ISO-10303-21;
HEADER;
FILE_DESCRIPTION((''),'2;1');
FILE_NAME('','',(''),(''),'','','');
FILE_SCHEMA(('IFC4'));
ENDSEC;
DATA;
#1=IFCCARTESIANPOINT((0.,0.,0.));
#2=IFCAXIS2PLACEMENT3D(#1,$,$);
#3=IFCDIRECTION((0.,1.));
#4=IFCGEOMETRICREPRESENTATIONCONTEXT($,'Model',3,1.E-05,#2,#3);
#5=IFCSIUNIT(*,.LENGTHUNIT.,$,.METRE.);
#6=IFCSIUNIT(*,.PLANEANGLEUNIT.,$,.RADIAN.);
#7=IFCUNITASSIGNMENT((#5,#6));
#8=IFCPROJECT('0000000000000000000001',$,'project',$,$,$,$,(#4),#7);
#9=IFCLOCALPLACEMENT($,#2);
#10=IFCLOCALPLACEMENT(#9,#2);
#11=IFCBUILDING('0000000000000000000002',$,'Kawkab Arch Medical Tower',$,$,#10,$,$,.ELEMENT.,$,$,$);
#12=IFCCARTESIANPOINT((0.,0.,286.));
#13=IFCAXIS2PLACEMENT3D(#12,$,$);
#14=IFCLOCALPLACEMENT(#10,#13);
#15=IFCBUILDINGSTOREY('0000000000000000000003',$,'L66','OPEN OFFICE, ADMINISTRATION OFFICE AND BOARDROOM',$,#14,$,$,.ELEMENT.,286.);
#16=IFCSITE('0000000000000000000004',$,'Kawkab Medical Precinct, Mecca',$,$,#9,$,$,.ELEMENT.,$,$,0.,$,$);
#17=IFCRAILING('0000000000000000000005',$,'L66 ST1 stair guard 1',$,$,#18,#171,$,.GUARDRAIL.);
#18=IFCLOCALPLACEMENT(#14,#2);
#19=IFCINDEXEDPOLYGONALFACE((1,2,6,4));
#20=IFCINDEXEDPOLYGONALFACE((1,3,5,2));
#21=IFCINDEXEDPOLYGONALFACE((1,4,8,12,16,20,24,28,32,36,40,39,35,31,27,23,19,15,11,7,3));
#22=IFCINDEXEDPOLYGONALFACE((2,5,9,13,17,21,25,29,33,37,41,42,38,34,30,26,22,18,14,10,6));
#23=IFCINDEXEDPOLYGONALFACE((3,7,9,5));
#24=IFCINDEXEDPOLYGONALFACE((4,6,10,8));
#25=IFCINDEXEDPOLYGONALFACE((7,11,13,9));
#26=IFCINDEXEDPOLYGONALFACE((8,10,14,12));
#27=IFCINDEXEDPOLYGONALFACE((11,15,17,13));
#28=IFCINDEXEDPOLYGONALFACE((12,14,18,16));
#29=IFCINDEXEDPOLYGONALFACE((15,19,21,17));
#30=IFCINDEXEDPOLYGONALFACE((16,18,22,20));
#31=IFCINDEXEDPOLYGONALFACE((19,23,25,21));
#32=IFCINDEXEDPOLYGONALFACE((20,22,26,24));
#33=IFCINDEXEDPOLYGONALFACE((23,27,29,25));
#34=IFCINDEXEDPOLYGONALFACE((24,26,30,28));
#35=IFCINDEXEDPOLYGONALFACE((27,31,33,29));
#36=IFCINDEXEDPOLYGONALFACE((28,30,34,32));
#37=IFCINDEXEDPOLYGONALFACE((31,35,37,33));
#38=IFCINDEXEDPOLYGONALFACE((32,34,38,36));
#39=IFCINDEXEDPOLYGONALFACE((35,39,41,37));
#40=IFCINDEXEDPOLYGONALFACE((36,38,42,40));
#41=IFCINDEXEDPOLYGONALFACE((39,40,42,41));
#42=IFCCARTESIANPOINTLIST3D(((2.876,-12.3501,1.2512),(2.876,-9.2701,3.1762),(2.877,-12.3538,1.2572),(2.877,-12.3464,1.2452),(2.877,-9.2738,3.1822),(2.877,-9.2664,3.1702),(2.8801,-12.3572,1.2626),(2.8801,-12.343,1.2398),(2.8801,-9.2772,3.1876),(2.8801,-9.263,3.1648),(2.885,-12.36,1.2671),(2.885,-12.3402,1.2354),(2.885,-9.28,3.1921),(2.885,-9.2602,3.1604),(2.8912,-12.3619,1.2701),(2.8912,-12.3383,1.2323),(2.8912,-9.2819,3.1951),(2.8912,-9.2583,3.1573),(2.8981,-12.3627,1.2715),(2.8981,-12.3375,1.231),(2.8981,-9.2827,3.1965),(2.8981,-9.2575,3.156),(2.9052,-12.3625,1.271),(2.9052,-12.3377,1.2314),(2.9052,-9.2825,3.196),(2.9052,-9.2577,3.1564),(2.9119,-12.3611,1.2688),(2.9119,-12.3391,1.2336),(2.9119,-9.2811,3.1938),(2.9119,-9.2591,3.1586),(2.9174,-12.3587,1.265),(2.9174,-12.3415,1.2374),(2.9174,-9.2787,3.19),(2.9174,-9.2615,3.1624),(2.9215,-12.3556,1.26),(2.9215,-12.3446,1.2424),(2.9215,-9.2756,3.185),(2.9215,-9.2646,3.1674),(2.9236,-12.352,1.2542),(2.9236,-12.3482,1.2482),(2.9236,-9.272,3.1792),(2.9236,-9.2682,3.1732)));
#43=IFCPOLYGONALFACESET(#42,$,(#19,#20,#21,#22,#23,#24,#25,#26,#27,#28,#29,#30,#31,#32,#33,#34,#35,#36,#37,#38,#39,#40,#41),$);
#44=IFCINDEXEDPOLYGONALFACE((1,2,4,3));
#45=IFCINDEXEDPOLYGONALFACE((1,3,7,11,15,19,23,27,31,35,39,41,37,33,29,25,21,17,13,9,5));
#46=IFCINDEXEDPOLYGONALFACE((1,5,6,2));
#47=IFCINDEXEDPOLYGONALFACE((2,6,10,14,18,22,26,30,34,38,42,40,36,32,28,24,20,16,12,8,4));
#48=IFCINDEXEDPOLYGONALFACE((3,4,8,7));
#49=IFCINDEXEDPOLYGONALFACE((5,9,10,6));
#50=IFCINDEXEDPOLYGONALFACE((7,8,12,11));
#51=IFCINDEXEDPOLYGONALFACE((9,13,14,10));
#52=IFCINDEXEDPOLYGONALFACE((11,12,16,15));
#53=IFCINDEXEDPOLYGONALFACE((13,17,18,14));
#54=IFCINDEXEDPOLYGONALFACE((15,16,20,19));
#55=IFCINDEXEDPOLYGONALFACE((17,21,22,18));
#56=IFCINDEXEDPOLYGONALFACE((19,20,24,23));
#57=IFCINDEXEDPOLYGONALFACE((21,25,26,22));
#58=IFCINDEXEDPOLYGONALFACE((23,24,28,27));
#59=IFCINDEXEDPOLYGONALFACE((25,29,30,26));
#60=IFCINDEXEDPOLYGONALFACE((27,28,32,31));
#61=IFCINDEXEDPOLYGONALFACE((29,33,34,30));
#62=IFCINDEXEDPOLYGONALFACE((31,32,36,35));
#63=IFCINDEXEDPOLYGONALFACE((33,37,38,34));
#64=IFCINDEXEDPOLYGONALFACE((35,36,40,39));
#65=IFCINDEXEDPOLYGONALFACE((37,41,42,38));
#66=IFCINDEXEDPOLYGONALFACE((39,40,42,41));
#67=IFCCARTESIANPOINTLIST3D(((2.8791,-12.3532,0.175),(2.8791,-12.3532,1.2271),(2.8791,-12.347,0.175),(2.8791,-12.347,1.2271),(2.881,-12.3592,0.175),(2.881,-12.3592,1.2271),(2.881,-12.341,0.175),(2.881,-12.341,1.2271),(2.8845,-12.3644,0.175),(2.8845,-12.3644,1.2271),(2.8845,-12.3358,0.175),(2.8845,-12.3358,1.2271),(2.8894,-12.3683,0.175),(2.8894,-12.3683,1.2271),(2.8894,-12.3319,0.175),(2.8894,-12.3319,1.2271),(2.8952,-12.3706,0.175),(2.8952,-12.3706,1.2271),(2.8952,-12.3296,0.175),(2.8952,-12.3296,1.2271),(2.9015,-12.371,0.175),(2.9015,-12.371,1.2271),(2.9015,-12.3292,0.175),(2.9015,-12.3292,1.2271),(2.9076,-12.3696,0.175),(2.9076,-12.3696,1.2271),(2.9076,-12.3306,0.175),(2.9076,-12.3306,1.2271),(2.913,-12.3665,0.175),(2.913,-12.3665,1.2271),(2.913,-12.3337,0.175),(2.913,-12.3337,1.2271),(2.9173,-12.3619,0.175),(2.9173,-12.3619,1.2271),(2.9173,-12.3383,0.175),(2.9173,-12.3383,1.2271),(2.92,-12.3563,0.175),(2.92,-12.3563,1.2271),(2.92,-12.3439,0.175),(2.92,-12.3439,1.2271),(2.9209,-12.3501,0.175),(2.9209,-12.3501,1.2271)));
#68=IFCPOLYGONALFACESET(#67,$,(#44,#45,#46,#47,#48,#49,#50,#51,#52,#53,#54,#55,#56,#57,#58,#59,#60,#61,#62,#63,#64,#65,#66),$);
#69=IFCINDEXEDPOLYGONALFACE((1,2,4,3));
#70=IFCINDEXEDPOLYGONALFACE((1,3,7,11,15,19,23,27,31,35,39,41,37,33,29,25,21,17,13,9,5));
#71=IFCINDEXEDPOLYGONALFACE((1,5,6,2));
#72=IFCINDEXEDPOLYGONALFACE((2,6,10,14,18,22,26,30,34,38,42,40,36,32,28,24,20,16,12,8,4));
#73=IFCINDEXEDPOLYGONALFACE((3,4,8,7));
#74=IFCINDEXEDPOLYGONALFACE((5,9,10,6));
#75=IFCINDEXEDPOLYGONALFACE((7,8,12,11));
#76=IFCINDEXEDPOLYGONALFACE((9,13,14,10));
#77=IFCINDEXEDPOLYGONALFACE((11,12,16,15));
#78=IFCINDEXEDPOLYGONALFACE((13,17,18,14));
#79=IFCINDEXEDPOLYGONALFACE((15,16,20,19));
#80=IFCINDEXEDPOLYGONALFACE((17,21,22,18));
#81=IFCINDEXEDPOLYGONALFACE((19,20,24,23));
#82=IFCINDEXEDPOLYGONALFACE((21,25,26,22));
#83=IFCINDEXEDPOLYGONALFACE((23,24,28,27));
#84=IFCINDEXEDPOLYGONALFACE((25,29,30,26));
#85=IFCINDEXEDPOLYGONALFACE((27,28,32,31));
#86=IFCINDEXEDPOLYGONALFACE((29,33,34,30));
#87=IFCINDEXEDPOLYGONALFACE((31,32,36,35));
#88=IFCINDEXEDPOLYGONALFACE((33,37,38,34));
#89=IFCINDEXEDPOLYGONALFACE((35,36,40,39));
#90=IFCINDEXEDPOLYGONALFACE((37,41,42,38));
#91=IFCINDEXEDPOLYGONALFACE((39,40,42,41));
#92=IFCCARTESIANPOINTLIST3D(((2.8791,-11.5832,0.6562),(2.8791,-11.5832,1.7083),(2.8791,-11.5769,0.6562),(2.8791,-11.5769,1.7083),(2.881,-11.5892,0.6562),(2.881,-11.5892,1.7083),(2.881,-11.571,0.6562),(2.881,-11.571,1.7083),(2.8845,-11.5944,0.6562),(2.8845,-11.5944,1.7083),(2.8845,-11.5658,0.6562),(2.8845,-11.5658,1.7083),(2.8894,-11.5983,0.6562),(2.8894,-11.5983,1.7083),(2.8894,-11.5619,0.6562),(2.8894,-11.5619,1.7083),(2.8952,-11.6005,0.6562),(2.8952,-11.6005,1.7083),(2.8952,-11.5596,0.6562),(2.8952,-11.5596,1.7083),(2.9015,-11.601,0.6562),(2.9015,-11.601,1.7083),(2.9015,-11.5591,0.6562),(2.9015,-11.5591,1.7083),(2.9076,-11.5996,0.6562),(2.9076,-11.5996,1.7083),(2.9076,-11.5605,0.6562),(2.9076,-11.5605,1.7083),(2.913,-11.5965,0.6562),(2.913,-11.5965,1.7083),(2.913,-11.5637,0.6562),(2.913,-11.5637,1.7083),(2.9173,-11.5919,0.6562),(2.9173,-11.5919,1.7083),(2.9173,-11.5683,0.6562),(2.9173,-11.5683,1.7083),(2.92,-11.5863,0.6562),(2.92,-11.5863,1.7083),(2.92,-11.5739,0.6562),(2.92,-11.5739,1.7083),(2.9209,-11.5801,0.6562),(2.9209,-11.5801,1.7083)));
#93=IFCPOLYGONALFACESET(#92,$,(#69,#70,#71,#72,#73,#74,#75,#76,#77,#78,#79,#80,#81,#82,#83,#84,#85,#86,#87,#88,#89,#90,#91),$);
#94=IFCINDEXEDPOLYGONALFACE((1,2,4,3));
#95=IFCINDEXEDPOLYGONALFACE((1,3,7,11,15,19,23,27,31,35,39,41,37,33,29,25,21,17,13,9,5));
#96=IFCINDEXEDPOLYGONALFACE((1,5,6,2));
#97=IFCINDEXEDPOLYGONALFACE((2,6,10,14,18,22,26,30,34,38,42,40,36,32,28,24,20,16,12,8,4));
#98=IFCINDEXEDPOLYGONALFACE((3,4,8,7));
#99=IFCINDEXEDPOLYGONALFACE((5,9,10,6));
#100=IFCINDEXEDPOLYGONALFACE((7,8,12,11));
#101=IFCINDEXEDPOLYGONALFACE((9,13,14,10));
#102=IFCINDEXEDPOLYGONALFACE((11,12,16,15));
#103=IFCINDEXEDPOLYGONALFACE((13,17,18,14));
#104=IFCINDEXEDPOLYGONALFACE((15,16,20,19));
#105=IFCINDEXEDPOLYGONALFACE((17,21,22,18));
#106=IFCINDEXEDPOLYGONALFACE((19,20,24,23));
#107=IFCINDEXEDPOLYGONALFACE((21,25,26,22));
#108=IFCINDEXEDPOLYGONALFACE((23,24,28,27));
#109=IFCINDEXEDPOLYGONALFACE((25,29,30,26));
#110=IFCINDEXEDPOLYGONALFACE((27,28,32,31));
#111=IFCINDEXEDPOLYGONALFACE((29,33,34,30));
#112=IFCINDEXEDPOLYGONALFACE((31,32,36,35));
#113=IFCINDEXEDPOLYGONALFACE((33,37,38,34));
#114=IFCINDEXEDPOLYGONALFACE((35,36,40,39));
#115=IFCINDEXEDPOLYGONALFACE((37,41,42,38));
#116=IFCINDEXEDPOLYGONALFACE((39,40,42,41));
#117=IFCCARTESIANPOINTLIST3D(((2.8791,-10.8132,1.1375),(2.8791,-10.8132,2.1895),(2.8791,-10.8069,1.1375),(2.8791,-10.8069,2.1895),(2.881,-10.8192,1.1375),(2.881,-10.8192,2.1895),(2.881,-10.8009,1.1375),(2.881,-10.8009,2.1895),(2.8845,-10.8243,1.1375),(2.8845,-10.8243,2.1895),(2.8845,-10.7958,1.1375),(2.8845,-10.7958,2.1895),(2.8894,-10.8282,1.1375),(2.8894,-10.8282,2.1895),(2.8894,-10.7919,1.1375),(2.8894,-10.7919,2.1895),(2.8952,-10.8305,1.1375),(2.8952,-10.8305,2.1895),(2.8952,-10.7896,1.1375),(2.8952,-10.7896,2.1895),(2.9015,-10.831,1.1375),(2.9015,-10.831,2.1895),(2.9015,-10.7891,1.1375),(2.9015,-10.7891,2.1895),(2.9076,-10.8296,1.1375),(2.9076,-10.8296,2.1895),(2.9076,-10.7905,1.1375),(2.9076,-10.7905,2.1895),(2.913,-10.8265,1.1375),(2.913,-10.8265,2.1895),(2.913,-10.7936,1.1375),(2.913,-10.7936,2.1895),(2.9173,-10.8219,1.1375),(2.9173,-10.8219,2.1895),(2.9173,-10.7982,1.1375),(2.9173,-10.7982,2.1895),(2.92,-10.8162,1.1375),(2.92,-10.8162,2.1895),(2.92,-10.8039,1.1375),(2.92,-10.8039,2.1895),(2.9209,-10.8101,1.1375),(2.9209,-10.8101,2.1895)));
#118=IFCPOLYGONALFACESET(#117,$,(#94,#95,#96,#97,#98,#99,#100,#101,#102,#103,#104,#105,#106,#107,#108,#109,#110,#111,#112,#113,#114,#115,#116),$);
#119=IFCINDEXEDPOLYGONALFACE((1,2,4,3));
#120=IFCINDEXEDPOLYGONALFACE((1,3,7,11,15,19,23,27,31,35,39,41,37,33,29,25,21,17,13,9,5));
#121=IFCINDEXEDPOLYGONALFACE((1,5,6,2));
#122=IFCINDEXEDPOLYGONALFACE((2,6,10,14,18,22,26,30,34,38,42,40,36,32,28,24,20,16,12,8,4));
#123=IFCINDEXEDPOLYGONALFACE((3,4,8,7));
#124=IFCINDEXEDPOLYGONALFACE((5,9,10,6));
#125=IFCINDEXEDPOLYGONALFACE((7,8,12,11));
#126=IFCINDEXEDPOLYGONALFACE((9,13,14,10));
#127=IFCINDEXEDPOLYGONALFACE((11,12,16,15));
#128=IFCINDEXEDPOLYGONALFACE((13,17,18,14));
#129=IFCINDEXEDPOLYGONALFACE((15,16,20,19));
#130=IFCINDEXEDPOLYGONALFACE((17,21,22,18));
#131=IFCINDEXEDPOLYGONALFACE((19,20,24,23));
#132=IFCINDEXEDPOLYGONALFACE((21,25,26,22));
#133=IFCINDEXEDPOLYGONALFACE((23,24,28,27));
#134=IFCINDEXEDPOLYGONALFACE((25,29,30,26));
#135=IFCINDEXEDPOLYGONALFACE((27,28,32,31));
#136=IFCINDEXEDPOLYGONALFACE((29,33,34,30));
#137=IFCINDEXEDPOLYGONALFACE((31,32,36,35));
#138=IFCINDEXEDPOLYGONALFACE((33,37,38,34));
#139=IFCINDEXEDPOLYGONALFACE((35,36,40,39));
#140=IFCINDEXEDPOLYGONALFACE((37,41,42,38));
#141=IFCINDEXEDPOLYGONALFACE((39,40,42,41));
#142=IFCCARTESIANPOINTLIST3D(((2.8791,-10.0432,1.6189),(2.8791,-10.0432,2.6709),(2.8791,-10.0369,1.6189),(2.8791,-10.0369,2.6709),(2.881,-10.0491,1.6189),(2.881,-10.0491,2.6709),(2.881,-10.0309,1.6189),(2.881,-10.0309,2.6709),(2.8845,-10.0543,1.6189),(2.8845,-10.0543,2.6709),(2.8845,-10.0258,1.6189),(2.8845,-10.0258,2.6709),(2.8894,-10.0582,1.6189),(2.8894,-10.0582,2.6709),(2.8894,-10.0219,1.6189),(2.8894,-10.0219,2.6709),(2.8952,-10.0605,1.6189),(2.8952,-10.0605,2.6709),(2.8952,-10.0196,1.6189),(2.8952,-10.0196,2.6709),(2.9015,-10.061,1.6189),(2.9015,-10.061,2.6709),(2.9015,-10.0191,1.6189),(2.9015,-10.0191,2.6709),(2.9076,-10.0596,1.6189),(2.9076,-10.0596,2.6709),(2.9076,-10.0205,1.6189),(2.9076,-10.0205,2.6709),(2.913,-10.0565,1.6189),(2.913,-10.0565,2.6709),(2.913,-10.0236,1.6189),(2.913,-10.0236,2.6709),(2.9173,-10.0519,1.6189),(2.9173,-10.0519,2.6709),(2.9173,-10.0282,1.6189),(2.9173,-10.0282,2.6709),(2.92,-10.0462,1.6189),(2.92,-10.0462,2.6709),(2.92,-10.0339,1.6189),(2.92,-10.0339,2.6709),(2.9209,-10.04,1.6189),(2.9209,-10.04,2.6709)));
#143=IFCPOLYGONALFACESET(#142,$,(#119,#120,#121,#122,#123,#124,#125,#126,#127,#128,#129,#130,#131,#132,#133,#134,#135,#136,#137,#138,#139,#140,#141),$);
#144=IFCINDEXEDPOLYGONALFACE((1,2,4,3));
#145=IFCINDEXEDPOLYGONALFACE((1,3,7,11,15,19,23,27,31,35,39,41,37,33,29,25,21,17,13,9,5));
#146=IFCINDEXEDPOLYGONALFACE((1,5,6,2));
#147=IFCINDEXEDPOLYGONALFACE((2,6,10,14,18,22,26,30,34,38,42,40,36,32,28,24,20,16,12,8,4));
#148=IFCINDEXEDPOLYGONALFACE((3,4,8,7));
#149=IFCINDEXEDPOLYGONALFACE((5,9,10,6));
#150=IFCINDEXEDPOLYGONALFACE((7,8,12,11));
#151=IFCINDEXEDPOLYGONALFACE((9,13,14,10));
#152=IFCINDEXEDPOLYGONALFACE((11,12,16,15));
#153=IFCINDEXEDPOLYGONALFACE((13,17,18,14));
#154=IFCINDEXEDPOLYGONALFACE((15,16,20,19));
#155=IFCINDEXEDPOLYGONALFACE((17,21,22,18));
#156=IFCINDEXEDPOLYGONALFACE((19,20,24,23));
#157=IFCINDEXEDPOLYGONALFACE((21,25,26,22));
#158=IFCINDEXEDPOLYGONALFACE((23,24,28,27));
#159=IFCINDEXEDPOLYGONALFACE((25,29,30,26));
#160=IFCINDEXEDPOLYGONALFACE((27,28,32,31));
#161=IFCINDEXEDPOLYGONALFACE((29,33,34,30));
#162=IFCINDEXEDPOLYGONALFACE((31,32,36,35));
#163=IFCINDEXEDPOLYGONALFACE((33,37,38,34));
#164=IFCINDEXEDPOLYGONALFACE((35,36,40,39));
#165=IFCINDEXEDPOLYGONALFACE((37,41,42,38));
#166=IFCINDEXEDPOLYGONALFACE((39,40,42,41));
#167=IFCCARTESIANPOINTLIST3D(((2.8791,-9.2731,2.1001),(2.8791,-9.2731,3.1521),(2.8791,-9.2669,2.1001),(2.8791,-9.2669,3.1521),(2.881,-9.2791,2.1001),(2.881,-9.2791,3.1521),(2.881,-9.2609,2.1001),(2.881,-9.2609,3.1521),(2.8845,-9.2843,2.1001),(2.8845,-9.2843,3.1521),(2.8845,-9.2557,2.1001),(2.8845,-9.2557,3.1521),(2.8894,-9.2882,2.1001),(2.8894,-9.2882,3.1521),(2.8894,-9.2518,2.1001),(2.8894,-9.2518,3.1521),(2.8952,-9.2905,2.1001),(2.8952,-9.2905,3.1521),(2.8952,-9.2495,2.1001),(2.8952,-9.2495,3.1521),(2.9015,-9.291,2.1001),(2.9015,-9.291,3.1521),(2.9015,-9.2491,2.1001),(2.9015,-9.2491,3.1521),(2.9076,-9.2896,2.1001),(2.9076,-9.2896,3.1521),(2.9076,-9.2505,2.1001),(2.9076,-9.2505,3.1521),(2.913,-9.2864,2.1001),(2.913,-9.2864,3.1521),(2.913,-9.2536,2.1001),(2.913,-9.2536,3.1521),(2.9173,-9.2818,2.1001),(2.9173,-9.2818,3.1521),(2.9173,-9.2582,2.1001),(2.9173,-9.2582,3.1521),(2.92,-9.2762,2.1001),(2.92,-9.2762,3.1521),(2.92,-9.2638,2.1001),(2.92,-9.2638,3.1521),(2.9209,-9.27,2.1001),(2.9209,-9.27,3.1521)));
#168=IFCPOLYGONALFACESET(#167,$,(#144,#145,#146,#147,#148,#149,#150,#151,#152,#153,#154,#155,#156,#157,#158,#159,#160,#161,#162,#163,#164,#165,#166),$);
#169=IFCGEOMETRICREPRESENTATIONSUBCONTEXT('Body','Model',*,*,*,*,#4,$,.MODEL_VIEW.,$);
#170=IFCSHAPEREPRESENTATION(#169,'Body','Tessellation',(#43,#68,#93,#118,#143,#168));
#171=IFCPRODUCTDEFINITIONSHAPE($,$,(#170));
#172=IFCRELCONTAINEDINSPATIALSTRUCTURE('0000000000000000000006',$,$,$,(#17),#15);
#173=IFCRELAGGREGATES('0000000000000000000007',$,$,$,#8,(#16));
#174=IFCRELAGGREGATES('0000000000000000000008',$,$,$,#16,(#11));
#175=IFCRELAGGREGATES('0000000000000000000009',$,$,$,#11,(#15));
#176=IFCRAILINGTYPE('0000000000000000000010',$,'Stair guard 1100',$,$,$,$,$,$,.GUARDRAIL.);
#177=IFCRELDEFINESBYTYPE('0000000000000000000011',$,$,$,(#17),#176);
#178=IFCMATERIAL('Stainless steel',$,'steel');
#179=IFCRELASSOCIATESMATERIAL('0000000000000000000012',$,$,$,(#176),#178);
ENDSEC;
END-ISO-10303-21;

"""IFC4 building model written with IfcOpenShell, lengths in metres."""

from ifc_helpers import new_model, si_unit, direction, frame, origin, origin_2d, place, context, subcontext, project, spatial, circle, extrude, material, type_object, element, save


model = new_model("IFC4")

# Units and contexts
model_context = context("Model", 3, precision=1e-05, world=origin(), true_north=direction((0.0, 1.0)))
body_context = subcontext(model_context, "Body", "Model", "MODEL_VIEW")
ifc_project = project(units=[si_unit("LENGTHUNIT", "METRE"), si_unit("PLANEANGLEUNIT", "RADIAN")], contexts=[model_context])

# Site, building, storey
site_placement = place(None, origin())
site = spatial("IfcSite", under=ifc_project, at=site_placement, Name="Kawkab Medical Precinct, Mecca", CompositionType="ELEMENT", RefElevation=0.0)
building_placement = place(site_placement, origin())
building = spatial("IfcBuilding", under=site, at=building_placement, Name="Kawkab Arch Medical Tower", CompositionType="ELEMENT")
storey_placement = place(building_placement, frame((0.0, 0.0, 286.0)))
storey = spatial("IfcBuildingStorey", under=building, at=storey_placement, Name="L66", Description="OPEN OFFICE, ADMINISTRATION OFFICE AND BOARDROOM", CompositionType="ELEMENT", Elevation=286.0)

# Railing
ifc_material_1 = material(Name="Stainless steel", Category="steel")
railing_type = type_object("IfcRailingType", Name="Stair guard 1100", PredefinedType="GUARDRAIL", material=ifc_material_1)
railing_1_placement = place(storey_placement, frame((2.8999, -12.3501, 0.175)))
element("IfcRailing", 1, at=railing_1_placement, inside=storey, type_object=railing_type, Name="L66 ST1 stair guard 1", PredefinedType="GUARDRAIL", context=body_context, shape_type="SweptSolid", body=[
    extrude(circle(Radius=0.0239, at=origin_2d()), frame((0.0, 0.0, 1.0762), z_axis=(0.0, 0.847998, 0.529999), x_axis=(-1.0, 0.0, 0.0)), (0.0, 0.0, 1.0), 3.6321),
    extrude(circle(Radius=0.021, at=origin_2d()), origin(), (0.0, 0.0, 1.0), 1.052),
    extrude(circle(Radius=0.021, at=origin_2d()), frame((0.0, 0.77, 0.4812)), (0.0, 0.0, 1.0), 1.052),
    extrude(circle(Radius=0.021, at=origin_2d()), frame((0.0, 1.54, 0.9624)), (0.0, 0.0, 1.0), 1.052),
    extrude(circle(Radius=0.021, at=origin_2d()), frame((0.0, 2.3101, 1.4438)), (0.0, 0.0, 1.0), 1.052),
    extrude(circle(Radius=0.021, at=origin_2d()), frame((0.0, 3.0801, 1.925)), (0.0, 0.0, 1.0), 1.052),
])

save(model, "model.ifc")
